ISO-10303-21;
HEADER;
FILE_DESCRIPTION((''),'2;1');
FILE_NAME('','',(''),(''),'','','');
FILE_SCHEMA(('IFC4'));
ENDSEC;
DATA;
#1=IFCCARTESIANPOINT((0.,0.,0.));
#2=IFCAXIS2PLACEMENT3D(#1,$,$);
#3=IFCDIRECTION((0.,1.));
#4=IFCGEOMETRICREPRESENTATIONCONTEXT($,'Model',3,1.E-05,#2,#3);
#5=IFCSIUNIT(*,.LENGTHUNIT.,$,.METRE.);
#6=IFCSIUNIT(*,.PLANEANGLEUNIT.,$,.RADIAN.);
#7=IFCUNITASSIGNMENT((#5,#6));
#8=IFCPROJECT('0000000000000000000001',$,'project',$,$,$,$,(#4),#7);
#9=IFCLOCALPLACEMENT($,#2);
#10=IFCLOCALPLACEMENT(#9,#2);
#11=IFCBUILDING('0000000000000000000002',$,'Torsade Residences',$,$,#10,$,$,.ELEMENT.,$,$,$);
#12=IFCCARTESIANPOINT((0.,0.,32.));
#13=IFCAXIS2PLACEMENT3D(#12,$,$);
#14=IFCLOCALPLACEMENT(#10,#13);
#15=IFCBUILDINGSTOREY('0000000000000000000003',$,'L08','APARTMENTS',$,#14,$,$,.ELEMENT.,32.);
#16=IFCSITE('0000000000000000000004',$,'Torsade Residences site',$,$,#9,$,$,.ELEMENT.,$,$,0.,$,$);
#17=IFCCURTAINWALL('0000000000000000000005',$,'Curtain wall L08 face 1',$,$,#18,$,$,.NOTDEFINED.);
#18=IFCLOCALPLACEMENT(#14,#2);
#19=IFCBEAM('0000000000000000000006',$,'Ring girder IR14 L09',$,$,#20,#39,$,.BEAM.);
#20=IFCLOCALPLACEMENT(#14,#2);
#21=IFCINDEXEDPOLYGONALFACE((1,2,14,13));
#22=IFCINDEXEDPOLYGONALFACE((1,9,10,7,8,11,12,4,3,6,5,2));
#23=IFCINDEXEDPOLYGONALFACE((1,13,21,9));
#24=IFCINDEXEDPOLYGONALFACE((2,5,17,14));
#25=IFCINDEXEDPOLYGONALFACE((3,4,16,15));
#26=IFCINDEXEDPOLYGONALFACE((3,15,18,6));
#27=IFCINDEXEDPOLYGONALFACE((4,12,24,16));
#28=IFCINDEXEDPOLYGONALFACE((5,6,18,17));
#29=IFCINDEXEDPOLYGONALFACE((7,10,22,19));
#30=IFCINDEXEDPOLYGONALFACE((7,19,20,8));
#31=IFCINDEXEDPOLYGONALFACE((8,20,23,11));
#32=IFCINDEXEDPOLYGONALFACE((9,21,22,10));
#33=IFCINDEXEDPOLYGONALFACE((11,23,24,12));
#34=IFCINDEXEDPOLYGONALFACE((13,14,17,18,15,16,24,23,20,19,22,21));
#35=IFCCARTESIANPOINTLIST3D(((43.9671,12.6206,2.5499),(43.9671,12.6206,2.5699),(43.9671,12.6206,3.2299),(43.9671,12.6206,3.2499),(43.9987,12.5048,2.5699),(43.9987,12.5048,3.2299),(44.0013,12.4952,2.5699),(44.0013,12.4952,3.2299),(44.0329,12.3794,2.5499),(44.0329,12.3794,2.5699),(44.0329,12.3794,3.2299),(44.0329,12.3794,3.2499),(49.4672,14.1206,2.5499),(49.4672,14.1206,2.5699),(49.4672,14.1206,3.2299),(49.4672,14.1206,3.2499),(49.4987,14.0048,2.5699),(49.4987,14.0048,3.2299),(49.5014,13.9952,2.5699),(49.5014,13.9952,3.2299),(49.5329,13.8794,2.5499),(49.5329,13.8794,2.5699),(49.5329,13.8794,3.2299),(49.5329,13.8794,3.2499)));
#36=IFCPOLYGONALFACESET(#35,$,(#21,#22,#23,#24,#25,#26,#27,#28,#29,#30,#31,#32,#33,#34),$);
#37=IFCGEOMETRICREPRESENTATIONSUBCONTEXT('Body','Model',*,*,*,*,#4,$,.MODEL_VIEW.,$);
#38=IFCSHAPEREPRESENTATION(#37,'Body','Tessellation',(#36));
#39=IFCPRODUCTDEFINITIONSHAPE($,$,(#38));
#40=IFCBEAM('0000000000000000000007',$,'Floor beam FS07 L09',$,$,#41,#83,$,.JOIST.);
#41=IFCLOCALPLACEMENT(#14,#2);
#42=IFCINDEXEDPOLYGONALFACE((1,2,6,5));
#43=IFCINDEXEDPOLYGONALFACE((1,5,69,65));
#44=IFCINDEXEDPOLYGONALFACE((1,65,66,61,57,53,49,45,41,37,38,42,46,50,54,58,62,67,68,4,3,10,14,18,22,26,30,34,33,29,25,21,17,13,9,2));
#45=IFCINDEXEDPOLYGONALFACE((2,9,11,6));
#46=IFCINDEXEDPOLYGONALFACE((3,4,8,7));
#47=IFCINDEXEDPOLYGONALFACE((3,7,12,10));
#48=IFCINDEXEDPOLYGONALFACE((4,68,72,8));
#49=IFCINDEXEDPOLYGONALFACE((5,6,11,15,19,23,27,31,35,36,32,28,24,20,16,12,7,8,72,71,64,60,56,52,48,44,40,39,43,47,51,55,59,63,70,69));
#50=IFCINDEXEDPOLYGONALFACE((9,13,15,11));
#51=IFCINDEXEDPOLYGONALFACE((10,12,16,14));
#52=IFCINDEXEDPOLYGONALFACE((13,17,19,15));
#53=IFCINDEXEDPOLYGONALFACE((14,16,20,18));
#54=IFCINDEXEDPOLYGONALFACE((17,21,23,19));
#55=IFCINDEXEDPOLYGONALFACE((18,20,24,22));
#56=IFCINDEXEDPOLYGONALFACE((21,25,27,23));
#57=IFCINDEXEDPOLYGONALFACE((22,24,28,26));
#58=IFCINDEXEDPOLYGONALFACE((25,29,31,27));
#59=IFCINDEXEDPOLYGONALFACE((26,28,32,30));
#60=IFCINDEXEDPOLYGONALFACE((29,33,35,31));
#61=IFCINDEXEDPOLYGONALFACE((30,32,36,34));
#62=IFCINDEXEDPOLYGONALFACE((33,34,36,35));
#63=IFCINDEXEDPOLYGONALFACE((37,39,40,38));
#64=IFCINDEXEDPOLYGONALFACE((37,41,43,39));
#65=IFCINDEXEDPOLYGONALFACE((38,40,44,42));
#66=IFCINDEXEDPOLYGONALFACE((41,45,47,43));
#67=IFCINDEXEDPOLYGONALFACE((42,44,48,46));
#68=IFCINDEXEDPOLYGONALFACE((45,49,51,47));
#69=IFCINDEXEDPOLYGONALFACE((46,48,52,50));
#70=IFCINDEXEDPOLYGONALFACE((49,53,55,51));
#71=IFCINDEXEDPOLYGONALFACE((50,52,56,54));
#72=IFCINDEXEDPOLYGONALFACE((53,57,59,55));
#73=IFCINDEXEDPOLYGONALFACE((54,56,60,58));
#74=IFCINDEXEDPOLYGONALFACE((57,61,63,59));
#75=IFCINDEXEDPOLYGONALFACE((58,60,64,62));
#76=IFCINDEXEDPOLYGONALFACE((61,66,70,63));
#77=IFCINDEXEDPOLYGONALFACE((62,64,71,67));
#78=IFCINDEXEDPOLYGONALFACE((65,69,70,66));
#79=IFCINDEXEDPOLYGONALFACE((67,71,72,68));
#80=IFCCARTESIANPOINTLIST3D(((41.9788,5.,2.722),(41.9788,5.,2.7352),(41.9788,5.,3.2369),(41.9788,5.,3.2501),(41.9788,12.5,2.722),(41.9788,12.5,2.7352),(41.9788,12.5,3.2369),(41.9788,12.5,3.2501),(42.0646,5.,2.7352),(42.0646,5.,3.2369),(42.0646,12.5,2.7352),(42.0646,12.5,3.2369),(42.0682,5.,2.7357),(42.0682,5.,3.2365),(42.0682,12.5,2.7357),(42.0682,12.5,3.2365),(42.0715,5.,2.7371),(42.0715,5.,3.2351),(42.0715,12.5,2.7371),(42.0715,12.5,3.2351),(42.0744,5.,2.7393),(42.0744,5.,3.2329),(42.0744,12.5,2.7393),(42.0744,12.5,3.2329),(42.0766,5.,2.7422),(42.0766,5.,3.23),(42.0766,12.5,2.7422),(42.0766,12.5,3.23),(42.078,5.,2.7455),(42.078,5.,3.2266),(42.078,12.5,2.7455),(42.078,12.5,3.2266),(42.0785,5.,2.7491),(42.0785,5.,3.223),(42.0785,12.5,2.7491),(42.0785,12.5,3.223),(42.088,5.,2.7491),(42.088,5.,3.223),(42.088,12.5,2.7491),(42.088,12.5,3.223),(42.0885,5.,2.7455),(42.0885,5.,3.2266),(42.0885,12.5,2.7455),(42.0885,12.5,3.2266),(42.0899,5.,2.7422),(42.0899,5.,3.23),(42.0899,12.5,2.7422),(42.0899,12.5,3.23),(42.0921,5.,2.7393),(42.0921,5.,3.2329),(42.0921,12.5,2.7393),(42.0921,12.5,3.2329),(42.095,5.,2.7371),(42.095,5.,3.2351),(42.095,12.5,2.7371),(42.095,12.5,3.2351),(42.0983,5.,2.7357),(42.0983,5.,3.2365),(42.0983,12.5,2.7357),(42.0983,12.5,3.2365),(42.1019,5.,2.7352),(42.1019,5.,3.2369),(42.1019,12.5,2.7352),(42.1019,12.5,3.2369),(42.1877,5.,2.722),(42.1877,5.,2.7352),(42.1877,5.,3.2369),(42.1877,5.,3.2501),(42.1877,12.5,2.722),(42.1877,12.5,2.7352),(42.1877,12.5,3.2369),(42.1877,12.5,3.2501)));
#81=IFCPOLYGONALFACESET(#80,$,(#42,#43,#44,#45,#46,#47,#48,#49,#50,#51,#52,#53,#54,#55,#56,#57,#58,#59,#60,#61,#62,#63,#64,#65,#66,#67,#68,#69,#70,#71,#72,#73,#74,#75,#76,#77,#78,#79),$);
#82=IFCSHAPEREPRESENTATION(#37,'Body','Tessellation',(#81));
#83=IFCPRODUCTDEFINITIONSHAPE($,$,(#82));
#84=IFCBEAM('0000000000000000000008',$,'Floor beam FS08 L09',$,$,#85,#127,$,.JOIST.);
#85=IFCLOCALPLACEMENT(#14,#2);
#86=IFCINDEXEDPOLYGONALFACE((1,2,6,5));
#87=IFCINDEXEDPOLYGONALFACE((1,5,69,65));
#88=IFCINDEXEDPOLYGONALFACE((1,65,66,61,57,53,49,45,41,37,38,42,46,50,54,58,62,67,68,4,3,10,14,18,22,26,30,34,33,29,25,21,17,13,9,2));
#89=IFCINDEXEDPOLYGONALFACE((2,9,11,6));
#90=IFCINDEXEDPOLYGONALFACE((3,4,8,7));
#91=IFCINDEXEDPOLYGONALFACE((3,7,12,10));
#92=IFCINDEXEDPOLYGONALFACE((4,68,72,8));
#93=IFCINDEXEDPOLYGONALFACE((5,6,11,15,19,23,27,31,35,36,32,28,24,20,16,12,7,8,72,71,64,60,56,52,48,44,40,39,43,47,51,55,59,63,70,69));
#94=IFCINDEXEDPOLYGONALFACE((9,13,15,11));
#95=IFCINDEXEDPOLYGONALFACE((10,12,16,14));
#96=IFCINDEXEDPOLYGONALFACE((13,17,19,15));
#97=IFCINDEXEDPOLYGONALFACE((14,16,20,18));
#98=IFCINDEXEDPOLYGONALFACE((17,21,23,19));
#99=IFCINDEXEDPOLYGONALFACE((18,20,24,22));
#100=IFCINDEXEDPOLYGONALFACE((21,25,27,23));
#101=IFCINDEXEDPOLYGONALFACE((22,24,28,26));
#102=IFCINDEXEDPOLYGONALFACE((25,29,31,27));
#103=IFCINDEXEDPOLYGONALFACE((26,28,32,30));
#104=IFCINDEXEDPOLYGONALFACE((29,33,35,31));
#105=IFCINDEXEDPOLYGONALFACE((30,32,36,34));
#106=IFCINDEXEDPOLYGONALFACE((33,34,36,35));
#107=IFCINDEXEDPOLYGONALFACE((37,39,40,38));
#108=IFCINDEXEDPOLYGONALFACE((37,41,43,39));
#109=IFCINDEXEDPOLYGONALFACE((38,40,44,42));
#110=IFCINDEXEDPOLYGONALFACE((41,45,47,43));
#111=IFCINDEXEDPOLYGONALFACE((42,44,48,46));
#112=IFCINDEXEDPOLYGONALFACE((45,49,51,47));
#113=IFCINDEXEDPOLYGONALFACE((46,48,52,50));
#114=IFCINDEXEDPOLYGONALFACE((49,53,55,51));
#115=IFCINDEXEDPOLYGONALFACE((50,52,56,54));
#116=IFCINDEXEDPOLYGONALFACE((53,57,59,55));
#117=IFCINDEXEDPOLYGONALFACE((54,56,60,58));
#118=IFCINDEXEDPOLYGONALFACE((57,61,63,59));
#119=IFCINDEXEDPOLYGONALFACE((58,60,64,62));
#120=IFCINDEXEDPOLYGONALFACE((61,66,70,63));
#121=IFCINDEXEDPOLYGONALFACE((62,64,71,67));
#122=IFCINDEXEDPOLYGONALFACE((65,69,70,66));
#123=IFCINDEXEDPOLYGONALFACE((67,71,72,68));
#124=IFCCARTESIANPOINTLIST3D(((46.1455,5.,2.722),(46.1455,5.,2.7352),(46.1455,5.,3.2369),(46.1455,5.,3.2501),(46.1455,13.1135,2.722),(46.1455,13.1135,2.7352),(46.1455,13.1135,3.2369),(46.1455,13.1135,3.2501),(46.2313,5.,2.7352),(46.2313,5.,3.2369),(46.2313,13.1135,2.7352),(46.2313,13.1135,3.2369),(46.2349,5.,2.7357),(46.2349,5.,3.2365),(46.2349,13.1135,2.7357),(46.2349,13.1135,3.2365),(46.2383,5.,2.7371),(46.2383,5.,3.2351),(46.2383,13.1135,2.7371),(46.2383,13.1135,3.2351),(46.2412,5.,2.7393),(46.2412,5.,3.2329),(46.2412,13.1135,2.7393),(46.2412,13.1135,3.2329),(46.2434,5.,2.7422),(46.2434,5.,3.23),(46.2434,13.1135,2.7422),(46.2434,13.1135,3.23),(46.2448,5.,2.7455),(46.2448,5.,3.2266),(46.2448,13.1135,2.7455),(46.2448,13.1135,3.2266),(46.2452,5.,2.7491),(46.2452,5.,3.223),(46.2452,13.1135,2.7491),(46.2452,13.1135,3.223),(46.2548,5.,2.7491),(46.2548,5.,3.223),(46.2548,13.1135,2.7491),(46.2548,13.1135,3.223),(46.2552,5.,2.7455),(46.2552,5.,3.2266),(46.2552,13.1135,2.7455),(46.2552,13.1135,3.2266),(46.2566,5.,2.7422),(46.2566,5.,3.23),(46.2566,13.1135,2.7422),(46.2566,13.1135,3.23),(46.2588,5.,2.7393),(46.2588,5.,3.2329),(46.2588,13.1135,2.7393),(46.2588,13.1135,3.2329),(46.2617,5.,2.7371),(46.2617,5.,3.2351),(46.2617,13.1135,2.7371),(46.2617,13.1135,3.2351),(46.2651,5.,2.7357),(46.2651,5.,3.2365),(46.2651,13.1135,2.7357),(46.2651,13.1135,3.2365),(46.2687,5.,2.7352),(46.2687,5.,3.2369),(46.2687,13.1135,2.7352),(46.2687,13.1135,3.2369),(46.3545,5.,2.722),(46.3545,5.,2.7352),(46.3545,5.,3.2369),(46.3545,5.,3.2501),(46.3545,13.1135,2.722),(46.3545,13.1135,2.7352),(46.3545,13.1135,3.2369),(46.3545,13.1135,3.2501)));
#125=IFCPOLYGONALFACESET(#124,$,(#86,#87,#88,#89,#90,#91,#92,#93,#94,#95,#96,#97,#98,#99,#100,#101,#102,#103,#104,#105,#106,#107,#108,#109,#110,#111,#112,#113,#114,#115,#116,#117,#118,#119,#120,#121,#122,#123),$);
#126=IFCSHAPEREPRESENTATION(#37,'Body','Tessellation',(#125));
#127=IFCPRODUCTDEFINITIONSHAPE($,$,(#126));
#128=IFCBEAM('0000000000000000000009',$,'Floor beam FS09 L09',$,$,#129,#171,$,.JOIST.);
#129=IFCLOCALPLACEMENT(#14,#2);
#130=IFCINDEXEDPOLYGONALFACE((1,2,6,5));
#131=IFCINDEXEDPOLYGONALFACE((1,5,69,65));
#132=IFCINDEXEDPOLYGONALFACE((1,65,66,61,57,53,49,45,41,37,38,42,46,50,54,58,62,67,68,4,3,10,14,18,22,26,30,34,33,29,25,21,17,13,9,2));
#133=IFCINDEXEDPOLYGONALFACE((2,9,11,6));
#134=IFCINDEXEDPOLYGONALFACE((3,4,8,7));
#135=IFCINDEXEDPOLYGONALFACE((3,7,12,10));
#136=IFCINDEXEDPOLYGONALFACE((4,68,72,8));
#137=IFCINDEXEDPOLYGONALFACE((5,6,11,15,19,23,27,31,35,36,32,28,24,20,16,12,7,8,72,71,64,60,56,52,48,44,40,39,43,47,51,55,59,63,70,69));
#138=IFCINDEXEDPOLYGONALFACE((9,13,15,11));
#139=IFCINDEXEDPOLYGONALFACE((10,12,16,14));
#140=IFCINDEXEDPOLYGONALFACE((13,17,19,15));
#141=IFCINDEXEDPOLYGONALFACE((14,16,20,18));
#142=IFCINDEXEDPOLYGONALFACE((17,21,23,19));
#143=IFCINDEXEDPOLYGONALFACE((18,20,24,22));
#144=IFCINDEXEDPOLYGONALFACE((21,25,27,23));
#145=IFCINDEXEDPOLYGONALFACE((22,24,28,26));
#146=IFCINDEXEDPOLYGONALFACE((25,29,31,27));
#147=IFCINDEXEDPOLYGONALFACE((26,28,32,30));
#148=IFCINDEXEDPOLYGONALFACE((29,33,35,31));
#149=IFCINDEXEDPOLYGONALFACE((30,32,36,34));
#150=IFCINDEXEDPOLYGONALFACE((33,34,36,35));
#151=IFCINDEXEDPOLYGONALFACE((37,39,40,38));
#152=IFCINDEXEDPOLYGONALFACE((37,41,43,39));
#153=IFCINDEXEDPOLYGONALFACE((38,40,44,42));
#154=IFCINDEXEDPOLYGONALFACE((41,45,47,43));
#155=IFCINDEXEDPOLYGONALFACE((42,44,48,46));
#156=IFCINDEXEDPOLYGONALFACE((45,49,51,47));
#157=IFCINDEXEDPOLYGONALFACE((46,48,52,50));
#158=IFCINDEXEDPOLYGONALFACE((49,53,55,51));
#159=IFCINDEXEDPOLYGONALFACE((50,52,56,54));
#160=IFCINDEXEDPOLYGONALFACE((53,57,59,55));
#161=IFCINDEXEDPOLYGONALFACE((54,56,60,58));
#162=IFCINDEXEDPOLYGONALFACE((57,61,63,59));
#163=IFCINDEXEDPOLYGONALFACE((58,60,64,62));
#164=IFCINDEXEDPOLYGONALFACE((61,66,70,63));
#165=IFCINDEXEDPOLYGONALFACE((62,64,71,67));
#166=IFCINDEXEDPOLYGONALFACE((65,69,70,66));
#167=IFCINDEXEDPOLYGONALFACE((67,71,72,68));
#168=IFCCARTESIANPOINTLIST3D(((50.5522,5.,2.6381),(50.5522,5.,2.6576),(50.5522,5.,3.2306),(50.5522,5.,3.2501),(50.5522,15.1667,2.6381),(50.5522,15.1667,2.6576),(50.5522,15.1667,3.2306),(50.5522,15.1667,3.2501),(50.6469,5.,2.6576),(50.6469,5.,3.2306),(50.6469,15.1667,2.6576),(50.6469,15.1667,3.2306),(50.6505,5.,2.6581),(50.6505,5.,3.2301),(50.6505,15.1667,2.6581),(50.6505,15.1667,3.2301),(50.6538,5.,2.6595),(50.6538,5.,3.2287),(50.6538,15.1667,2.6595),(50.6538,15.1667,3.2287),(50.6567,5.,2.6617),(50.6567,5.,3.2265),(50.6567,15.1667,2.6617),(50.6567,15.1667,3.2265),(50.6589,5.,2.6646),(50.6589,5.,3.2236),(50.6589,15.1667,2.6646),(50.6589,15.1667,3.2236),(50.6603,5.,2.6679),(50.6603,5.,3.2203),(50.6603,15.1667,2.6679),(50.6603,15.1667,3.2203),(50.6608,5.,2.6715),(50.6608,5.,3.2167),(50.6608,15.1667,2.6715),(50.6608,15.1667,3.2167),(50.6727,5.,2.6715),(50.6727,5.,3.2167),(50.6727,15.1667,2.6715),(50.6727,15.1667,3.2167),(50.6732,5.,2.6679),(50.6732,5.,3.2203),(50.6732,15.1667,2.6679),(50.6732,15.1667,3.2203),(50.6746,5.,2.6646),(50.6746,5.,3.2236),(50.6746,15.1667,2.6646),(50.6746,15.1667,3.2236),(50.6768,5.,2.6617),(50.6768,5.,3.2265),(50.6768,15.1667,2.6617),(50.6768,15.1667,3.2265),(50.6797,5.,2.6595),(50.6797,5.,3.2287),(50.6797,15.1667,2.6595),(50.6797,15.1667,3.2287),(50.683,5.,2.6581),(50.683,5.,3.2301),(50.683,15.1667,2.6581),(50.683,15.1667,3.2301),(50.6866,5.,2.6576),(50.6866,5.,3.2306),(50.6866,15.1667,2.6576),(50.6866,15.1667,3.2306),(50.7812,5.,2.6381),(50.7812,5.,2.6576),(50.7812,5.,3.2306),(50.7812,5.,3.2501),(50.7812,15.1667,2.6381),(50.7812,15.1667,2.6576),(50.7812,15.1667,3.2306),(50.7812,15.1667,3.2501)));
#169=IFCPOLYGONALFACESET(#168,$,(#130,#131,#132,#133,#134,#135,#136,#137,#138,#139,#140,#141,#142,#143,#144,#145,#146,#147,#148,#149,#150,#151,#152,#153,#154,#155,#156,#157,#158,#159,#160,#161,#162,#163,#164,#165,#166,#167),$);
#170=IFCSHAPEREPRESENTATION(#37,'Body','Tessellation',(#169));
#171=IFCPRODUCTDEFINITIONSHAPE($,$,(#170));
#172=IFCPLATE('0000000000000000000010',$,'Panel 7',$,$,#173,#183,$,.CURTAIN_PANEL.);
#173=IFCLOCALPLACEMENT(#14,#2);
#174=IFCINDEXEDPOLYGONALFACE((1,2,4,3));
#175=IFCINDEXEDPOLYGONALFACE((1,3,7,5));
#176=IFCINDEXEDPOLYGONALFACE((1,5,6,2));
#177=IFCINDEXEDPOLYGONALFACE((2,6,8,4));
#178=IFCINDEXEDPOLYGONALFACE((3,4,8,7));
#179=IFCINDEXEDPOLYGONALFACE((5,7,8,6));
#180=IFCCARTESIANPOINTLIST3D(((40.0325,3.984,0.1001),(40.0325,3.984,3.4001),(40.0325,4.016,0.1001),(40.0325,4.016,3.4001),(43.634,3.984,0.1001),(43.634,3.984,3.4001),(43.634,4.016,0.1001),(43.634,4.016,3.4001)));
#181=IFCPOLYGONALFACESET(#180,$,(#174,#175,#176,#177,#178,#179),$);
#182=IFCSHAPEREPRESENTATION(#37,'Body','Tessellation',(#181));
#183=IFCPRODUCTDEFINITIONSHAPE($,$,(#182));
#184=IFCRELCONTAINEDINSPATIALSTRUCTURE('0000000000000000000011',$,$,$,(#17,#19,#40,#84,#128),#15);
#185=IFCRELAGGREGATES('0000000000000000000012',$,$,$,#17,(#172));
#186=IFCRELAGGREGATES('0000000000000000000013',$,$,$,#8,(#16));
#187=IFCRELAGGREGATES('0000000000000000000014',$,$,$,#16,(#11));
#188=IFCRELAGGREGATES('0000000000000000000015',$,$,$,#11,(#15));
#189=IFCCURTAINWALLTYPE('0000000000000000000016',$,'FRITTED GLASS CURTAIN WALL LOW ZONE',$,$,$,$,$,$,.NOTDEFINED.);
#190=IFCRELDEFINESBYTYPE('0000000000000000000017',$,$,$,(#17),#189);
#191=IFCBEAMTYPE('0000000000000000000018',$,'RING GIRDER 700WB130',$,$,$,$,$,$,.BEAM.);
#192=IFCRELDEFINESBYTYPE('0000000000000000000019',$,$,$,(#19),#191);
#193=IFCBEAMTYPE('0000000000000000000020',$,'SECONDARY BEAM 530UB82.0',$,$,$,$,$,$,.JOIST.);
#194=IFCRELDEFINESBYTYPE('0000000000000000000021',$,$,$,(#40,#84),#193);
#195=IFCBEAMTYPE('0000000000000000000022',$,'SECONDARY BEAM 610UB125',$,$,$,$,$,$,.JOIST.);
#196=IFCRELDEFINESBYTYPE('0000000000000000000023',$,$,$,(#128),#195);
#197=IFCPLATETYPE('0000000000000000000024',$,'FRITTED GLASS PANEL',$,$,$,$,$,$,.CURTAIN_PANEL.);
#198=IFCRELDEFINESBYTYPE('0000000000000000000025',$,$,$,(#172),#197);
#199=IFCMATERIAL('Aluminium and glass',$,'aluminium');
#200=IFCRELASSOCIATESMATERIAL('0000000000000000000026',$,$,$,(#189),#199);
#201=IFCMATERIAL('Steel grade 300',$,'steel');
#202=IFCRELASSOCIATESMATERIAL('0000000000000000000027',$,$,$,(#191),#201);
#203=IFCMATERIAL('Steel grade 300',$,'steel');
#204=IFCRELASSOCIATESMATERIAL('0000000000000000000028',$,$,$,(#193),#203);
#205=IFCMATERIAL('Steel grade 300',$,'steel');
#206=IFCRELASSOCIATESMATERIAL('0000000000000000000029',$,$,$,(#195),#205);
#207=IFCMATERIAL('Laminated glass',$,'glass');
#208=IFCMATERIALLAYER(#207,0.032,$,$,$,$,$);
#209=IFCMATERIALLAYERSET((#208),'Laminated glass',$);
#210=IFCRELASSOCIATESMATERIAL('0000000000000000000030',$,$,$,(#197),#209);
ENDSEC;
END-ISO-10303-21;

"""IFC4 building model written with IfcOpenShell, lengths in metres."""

from ifc_helpers import new_model, si_unit, direction, frame, origin, origin_2d, place, context, subcontext, project, spatial, rectangle, i_section, extrude, material, layer, layer_set, material_profile, profile_set, type_object, element, aggregate, save


model = new_model("IFC4")

# Units and contexts
model_context = context("Model", 3, precision=1e-05, world=origin(), true_north=direction((0.0, 1.0)))
body_context = subcontext(model_context, "Body", "Model", "MODEL_VIEW")
ifc_project = project(units=[si_unit("LENGTHUNIT", "METRE"), si_unit("PLANEANGLEUNIT", "RADIAN")], contexts=[model_context])

# Site, building, storey
site_placement = place(None, origin())
site = spatial("IfcSite", under=ifc_project, at=site_placement, Name="Torsade Residences site", CompositionType="ELEMENT", RefElevation=0.0)
building_placement = place(site_placement, origin())
building = spatial("IfcBuilding", under=site, at=building_placement, Name="Torsade Residences", CompositionType="ELEMENT")
storey_placement = place(building_placement, frame((0.0, 0.0, 32.0)))
storey = spatial("IfcBuildingStorey", under=building, at=storey_placement, Name="L08", Description="APARTMENTS", CompositionType="ELEMENT", Elevation=32.0)

# Curtain wall
ifc_material_1 = material(Name="Aluminium and glass", Category="aluminium")
curtain_wall_type = type_object("IfcCurtainWallType", Name="FRITTED GLASS CURTAIN WALL LOW ZONE", PredefinedType="NOTDEFINED", material=ifc_material_1)
curtain_wall_placement = place(storey_placement, origin())
curtain_wall = element("IfcCurtainWall", 1, at=curtain_wall_placement, inside=storey, type_object=curtain_wall_type, Name="Curtain wall L08 face 1", PredefinedType="NOTDEFINED")

# Beams
ifc_material_2 = material(Name="Steel grade 300", Category="steel")
ifc_material_profile_1 = material_profile(ifc_material_2, i_section(OverallWidth=0.25, OverallDepth=0.7, WebThickness=0.01, FlangeThickness=0.02, at=origin_2d()), Name="700WB130")
ifc_profile_set_1 = profile_set([ifc_material_profile_1], Name="Steel grade 300")
beam_type_1 = type_object("IfcBeamType", Name="RING GIRDER 700WB130", PredefinedType="BEAM", material=ifc_profile_set_1)
beam_1_placement = place(storey_placement, frame((44.0, 12.5, 2.8999), z_axis=(0.964764, 0.263117, 0.0), x_axis=(-0.263117, 0.964764, 0.0)))
element("IfcBeam", 2, at=beam_1_placement, inside=storey, type_object=beam_type_1, Name="Ring girder IR14 L09", PredefinedType="BEAM", context=body_context, shape_type="SweptSolid", body=[
    extrude(i_section(OverallWidth=0.25, OverallDepth=0.7, WebThickness=0.01, FlangeThickness=0.02, at=origin_2d()), origin(), (0.0, 0.0, 1.0), 5.7009),
])
ifc_material_3 = material(Name="Steel grade 300", Category="steel")
ifc_material_profile_2 = material_profile(ifc_material_3, i_section(OverallWidth=0.209, OverallDepth=0.5281, WebThickness=0.0095, FlangeThickness=0.0132, FilletRadius=0.0139, at=origin_2d()), Name="530UB82.0")
ifc_profile_set_2 = profile_set([ifc_material_profile_2], Name="Steel grade 300")
beam_type_2 = type_object("IfcBeamType", Name="SECONDARY BEAM 530UB82.0", PredefinedType="JOIST", material=ifc_profile_set_2)
beam_2_placement = place(storey_placement, frame((42.0833, 5.0, 2.9861), z_axis=(0.0, 1.0, 0.0), x_axis=(-1.0, 0.0, 0.0)))
element("IfcBeam", 3, at=beam_2_placement, inside=storey, type_object=beam_type_2, Name="Floor beam FS07 L09", PredefinedType="JOIST", context=body_context, shape_type="SweptSolid", body=[
    extrude(i_section(OverallWidth=0.209, OverallDepth=0.5281, WebThickness=0.0095, FlangeThickness=0.0132, FilletRadius=0.0139, at=origin_2d()), origin(), (0.0, 0.0, 1.0), 7.5),
])
beam_3_placement = place(storey_placement, frame((46.25, 5.0, 2.9861), z_axis=(0.0, 1.0, 0.0), x_axis=(-1.0, 0.0, 0.0)))
element("IfcBeam", 4, at=beam_3_placement, inside=storey, type_object=beam_type_2, Name="Floor beam FS08 L09", PredefinedType="JOIST", context=body_context, shape_type="SweptSolid", body=[
    extrude(i_section(OverallWidth=0.209, OverallDepth=0.5281, WebThickness=0.0095, FlangeThickness=0.0132, FilletRadius=0.0139, at=origin_2d()), origin(), (0.0, 0.0, 1.0), 8.1135),
])
ifc_material_4 = material(Name="Steel grade 300", Category="steel")
ifc_material_profile_3 = material_profile(ifc_material_4, i_section(OverallWidth=0.229, OverallDepth=0.6121, WebThickness=0.012, FlangeThickness=0.0195, FilletRadius=0.0139, at=origin_2d()), Name="610UB125")
ifc_profile_set_3 = profile_set([ifc_material_profile_3], Name="Steel grade 300")
beam_type_3 = type_object("IfcBeamType", Name="SECONDARY BEAM 610UB125", PredefinedType="JOIST", material=ifc_profile_set_3)
beam_4_placement = place(storey_placement, frame((50.6667, 5.0, 2.9441), z_axis=(0.0, 1.0, 0.0), x_axis=(-1.0, 0.0, 0.0)))
element("IfcBeam", 5, at=beam_4_placement, inside=storey, type_object=beam_type_3, Name="Floor beam FS09 L09", PredefinedType="JOIST", context=body_context, shape_type="SweptSolid", body=[
    extrude(i_section(OverallWidth=0.229, OverallDepth=0.6121, WebThickness=0.012, FlangeThickness=0.0195, FilletRadius=0.0139, at=origin_2d()), origin(), (0.0, 0.0, 1.0), 10.1667),
])

# Plate
ifc_material_5 = material(Name="Laminated glass", Category="glass")
ifc_layer_1 = layer(ifc_material_5, 0.032)
ifc_layer_set_1 = layer_set([ifc_layer_1], Name="Laminated glass")
plate_type_1 = type_object("IfcPlateType", Name="FRITTED GLASS PANEL", PredefinedType="CURTAIN_PANEL", material=ifc_layer_set_1)
plate_1_placement = place(storey_placement, frame((41.8333, 4.0, 0.1001), z_axis=(0.0, 0.0, 1.0), x_axis=(1.0, 0.0, 0.0)))
plate_1 = element("IfcPlate", 6, at=plate_1_placement, type_object=plate_type_1, Name="Panel 7", PredefinedType="CURTAIN_PANEL", context=body_context, shape_type="SweptSolid", body=[
    extrude(rectangle(XDim=3.6016, YDim=0.032, at=origin_2d()), origin(), (0.0, 0.0, 1.0), 3.3),
])
aggregate(curtain_wall, [plate_1])

save(model, "model.ifc")
